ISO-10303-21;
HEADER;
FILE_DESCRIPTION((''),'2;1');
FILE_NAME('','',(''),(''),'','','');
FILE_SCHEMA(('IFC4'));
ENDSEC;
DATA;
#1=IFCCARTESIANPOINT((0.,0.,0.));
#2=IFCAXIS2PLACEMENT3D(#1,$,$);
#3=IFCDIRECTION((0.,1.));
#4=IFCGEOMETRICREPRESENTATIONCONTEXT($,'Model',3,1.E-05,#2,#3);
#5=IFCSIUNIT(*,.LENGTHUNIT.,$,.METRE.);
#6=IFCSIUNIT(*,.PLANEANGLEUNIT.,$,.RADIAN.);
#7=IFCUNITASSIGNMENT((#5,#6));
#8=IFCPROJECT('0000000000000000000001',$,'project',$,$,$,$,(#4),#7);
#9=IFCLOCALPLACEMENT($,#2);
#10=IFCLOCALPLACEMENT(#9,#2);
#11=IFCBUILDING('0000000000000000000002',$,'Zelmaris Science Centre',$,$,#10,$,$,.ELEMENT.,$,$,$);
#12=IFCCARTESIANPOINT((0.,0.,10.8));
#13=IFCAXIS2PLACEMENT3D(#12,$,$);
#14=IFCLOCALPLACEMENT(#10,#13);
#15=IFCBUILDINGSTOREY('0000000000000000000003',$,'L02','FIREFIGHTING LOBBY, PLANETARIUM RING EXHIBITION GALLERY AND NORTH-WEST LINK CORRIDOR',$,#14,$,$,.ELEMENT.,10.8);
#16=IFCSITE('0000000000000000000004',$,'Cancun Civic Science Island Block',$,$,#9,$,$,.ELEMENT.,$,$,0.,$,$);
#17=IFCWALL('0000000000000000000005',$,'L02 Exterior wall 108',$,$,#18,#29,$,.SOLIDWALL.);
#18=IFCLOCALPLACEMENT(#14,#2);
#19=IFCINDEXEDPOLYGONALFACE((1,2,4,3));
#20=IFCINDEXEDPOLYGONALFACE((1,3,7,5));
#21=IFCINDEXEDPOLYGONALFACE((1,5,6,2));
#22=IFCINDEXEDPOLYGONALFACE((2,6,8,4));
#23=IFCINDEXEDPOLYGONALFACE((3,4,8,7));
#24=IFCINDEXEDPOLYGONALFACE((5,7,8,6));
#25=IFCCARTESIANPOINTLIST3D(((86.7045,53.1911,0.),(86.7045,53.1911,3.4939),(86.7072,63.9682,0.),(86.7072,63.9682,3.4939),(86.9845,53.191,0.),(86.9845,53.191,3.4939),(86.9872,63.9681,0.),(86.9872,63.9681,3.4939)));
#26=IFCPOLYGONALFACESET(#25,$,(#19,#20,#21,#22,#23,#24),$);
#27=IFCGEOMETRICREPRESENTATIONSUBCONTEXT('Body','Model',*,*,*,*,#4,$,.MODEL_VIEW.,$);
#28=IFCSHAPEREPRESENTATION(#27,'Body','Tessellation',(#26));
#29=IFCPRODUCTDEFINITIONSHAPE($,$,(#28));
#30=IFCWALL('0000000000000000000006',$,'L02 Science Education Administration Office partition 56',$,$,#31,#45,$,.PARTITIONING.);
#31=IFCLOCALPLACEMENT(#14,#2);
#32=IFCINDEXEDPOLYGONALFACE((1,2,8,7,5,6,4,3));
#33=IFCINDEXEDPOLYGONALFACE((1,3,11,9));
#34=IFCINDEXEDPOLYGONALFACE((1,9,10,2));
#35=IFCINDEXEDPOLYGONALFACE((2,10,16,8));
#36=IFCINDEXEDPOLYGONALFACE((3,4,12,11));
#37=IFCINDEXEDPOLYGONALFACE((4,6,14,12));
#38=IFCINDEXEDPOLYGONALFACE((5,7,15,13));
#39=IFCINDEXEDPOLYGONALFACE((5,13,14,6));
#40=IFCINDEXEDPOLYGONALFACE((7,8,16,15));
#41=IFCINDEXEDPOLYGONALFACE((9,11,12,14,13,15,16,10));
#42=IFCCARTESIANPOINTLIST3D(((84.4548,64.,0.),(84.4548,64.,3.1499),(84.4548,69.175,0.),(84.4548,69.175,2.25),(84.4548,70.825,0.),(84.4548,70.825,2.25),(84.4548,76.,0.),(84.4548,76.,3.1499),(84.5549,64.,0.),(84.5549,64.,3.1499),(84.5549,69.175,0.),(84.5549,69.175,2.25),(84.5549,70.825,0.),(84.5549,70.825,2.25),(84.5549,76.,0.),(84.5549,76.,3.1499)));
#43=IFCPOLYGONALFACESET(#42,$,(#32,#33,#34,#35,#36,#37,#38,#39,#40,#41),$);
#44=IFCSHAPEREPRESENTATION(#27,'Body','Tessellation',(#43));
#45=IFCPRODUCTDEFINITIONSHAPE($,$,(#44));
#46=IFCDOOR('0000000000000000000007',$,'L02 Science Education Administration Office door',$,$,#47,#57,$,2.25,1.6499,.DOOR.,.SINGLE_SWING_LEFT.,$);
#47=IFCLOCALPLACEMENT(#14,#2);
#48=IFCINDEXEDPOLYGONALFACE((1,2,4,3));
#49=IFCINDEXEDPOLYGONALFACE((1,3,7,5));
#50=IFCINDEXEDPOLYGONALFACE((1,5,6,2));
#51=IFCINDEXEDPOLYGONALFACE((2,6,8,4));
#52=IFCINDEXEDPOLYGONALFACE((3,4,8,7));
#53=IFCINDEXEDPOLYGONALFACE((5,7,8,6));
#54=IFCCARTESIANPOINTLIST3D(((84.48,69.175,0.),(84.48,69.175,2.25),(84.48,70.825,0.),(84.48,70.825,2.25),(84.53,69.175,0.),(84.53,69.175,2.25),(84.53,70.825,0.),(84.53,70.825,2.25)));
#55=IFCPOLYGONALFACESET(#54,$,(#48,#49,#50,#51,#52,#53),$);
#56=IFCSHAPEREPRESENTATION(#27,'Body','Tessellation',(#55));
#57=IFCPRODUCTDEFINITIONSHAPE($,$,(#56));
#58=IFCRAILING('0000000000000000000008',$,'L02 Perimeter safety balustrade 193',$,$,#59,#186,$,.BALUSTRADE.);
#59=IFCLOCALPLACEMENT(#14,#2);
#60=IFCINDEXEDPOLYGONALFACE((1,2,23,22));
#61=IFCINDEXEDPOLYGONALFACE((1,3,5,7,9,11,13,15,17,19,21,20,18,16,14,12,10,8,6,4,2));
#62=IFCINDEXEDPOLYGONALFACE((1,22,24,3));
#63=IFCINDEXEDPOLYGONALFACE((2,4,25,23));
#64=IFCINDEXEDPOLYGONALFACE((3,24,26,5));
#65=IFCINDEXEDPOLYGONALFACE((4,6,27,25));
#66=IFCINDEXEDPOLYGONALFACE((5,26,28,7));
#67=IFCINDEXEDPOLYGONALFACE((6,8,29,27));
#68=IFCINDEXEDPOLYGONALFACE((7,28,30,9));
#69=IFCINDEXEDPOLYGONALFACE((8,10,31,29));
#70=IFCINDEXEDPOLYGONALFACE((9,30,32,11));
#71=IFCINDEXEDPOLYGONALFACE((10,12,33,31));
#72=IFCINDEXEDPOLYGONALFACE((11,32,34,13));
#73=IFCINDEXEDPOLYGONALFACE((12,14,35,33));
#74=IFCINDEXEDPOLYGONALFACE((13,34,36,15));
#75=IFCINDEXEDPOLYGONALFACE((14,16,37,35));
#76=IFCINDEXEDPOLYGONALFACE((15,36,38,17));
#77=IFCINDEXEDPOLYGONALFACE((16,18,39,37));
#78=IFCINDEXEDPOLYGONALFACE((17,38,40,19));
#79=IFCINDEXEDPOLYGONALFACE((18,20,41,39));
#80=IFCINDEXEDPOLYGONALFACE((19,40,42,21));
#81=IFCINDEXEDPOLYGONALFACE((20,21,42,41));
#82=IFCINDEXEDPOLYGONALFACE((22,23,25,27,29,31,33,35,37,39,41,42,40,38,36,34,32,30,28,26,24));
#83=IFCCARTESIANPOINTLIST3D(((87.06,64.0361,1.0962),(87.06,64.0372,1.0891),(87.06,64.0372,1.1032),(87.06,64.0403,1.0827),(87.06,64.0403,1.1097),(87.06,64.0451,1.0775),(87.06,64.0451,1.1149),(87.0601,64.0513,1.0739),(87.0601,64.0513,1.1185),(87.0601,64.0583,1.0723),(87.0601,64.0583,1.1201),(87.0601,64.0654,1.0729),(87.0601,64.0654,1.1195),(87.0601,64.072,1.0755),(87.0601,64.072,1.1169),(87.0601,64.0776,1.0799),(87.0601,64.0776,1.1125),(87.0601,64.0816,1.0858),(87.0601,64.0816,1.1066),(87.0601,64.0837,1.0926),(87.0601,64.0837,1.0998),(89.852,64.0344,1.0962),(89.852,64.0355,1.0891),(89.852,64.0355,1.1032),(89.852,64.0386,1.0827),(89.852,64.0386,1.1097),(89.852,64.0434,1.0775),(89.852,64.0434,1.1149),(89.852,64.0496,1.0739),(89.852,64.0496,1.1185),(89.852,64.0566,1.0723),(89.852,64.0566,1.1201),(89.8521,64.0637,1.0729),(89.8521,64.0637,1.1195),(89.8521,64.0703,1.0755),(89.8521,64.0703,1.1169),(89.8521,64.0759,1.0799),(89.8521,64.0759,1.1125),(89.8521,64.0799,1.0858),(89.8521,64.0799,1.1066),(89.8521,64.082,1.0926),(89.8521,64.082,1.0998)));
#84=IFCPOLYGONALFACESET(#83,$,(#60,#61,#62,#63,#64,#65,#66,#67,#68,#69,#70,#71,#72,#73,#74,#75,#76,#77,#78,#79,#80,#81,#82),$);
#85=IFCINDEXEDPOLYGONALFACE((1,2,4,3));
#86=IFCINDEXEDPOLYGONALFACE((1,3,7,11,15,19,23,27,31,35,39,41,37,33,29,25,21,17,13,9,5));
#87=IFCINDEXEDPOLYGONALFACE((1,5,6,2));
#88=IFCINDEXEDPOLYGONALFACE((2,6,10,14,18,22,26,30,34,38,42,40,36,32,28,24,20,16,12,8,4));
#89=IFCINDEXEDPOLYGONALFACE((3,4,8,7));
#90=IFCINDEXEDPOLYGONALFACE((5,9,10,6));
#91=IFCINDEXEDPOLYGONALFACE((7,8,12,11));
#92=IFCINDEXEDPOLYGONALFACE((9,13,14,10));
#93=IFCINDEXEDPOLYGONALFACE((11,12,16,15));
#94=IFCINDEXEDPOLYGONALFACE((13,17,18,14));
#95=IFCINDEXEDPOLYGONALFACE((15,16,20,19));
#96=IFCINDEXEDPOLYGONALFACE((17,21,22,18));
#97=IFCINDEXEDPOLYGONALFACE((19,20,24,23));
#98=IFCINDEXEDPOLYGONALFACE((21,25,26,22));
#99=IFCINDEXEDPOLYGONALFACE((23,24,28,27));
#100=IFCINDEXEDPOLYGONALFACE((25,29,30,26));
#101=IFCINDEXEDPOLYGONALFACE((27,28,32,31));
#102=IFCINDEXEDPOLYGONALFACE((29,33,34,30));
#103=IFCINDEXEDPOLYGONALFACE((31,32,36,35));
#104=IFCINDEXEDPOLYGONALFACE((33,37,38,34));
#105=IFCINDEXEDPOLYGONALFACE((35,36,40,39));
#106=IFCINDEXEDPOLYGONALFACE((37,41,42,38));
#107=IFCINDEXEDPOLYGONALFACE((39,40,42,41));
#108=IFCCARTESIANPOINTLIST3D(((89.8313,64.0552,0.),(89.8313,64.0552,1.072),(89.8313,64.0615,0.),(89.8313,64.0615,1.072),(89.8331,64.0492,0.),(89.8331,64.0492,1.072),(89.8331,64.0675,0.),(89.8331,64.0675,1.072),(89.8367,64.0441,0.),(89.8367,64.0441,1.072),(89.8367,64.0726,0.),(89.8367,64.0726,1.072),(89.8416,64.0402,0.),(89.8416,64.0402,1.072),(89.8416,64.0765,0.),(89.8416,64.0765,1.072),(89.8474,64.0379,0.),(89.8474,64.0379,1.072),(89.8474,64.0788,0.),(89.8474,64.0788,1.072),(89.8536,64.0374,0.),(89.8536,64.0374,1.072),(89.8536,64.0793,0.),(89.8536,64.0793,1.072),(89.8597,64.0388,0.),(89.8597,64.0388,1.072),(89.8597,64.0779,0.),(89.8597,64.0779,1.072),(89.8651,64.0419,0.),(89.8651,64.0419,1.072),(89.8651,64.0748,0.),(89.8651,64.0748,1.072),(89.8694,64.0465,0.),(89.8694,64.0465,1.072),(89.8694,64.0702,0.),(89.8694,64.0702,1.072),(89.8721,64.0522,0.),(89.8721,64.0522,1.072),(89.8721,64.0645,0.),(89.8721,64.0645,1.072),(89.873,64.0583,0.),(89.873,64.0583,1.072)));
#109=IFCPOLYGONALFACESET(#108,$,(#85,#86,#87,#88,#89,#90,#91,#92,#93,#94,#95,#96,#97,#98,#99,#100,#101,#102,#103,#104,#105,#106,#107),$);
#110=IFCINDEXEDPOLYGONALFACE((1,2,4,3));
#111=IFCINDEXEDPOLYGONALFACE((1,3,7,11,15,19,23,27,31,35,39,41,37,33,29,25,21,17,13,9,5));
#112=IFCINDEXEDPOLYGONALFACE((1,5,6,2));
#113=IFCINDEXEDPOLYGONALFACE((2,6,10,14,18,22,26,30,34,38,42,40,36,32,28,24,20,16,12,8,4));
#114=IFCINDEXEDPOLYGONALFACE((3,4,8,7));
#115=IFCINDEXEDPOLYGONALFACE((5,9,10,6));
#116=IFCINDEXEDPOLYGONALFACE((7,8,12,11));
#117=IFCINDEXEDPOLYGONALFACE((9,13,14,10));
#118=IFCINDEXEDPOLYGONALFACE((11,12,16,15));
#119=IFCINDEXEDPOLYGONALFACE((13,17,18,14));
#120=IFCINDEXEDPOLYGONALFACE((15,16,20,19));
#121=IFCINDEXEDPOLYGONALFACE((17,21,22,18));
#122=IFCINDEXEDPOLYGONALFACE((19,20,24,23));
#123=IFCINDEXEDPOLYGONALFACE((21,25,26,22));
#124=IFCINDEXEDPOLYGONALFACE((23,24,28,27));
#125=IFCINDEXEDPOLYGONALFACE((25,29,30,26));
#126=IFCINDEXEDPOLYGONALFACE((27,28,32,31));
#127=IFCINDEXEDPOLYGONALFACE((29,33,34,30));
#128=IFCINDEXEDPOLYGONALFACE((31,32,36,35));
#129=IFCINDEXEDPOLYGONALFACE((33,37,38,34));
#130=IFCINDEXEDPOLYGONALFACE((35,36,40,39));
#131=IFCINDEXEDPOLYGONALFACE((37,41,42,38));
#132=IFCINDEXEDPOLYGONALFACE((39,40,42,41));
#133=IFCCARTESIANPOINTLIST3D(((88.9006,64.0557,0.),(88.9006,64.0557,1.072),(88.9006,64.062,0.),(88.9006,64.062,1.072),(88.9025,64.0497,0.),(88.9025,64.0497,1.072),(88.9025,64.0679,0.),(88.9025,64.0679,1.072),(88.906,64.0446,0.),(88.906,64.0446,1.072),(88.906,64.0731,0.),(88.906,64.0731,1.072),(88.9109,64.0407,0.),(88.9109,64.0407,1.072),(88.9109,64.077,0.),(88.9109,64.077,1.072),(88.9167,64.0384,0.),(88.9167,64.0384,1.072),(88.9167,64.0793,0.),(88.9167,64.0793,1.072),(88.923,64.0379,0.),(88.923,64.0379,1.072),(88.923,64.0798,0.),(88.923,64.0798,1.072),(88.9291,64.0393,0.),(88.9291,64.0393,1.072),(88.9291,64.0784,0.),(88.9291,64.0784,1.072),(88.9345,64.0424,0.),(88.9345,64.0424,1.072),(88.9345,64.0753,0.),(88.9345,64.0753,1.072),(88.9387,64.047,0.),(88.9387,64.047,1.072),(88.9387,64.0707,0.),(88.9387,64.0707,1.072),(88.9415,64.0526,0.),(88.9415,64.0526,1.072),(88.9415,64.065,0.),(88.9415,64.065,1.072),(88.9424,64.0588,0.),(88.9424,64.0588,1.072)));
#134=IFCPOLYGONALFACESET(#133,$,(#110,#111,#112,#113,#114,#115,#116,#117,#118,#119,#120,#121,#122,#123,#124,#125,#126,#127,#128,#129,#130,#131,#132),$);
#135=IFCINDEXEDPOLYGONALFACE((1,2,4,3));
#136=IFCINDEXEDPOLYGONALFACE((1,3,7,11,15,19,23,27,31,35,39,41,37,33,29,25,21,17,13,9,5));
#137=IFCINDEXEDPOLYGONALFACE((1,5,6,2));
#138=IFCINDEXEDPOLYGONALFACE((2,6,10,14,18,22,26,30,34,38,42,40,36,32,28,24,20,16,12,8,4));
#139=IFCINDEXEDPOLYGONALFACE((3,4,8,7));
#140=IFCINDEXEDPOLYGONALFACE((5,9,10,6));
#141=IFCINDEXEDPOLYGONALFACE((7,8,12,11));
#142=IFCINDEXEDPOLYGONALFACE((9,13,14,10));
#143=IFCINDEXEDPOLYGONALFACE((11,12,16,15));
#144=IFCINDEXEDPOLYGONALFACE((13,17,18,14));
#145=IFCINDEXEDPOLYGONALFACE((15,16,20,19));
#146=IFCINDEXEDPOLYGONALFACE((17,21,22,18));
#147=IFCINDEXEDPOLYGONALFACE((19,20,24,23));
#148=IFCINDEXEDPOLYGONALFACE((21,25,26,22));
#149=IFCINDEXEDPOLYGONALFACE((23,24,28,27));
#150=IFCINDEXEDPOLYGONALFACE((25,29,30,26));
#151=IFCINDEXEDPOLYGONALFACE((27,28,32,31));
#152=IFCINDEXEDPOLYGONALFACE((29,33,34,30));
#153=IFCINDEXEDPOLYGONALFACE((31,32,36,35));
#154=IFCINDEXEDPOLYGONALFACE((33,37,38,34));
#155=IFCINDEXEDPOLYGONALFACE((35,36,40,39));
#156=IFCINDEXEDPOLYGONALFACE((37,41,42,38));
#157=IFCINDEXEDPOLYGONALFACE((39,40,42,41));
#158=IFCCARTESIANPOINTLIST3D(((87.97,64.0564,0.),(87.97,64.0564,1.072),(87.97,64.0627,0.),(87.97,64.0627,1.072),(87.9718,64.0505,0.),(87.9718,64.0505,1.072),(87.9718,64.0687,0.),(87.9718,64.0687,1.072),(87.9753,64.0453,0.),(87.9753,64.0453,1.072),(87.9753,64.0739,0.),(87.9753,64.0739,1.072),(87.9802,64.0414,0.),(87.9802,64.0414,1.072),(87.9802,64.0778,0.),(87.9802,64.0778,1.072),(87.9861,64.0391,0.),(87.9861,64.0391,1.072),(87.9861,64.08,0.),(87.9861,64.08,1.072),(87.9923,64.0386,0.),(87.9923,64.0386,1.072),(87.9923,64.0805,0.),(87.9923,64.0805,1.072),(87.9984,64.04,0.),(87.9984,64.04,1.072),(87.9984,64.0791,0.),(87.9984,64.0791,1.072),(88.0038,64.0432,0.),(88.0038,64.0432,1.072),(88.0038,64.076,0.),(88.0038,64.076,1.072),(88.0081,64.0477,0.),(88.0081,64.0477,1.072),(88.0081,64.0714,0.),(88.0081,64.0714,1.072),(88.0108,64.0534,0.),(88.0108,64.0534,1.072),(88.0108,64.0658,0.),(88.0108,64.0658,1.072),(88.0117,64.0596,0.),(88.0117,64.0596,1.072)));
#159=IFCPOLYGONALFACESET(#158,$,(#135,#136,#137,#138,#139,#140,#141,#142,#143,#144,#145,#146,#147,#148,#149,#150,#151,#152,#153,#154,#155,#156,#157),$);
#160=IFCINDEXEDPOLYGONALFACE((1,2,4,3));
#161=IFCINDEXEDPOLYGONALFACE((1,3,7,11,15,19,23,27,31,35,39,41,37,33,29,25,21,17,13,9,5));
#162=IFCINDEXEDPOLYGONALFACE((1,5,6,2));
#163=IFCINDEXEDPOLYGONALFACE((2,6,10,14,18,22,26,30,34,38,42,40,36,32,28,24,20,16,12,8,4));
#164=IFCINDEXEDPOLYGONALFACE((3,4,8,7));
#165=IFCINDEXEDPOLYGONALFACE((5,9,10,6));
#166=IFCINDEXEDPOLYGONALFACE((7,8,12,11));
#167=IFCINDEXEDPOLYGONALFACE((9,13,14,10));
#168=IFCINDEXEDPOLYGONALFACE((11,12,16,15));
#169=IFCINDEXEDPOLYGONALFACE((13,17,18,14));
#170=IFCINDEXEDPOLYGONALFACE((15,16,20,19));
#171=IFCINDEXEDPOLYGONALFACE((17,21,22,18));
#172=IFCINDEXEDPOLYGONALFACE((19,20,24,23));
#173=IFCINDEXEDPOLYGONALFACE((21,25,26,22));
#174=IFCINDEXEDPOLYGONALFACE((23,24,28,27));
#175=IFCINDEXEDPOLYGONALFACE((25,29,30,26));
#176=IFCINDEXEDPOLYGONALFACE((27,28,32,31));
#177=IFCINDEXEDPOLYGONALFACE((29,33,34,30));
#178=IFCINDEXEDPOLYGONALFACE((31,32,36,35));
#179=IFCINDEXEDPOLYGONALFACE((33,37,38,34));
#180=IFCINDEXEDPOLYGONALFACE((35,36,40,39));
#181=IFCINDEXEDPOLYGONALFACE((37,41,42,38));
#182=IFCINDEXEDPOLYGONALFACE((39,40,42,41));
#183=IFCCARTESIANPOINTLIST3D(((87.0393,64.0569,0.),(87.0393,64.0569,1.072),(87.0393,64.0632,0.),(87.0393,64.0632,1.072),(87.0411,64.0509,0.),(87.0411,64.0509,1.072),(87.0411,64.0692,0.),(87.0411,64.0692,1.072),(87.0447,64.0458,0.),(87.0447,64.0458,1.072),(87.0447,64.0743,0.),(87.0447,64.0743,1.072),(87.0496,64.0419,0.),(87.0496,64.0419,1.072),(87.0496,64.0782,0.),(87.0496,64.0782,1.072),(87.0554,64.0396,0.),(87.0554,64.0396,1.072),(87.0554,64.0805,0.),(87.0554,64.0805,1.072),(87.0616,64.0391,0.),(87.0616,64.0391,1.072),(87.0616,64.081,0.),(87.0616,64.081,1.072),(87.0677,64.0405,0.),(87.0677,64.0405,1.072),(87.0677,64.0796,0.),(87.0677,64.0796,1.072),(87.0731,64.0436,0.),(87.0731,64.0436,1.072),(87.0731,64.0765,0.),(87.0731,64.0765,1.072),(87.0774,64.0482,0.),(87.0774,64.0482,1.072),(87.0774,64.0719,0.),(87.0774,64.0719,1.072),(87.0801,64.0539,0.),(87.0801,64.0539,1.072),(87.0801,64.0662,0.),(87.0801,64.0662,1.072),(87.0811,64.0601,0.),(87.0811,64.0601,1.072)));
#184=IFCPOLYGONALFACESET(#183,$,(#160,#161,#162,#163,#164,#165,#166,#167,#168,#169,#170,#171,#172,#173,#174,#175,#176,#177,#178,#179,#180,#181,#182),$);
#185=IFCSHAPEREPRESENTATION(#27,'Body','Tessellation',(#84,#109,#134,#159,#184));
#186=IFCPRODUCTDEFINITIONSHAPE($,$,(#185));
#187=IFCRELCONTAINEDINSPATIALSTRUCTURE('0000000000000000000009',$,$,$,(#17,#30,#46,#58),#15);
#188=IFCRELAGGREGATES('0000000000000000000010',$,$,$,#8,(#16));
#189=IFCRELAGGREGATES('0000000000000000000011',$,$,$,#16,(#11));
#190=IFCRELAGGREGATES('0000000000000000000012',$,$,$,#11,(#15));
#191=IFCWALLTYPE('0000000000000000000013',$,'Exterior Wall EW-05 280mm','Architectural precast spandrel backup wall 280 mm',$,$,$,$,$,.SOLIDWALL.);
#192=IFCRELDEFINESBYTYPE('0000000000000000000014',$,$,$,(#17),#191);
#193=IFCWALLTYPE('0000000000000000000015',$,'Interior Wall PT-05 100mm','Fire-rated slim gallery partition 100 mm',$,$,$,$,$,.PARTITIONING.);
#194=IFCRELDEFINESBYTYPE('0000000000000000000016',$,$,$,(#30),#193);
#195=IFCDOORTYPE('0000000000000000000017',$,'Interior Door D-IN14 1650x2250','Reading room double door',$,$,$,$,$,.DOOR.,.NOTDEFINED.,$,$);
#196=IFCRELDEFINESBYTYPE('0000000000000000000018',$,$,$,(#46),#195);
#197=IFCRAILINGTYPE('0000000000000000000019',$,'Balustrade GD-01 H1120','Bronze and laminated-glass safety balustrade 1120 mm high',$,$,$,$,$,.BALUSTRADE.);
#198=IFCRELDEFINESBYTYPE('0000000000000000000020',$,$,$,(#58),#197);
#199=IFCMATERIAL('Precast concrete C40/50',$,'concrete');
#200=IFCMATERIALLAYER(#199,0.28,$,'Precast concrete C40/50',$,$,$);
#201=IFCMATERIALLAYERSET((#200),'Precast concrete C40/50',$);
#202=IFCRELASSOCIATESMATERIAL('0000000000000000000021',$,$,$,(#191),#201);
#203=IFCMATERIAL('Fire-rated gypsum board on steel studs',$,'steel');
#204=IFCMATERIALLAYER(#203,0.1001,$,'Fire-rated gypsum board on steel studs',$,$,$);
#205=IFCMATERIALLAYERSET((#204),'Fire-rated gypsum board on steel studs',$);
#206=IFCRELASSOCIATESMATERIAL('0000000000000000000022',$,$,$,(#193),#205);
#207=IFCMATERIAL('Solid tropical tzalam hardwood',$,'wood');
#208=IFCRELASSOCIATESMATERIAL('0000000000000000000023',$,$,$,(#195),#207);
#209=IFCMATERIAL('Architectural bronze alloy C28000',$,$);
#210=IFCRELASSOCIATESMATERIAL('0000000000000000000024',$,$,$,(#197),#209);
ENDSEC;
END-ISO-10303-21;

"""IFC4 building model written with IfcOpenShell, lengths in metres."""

from ifc_helpers import new_model, si_unit, direction, frame, frame_2d, origin, origin_2d, place, context, subcontext, project, spatial, rectangle, circle, extrude, material, layer, layer_set, type_object, element, fill, save


model = new_model("IFC4")

# Units and contexts
model_context = context("Model", 3, precision=1e-05, world=origin(), true_north=direction((0.0, 1.0)))
body_context = subcontext(model_context, "Body", "Model", "MODEL_VIEW")
ifc_project = project(units=[si_unit("LENGTHUNIT", "METRE"), si_unit("PLANEANGLEUNIT", "RADIAN")], contexts=[model_context])

# Site, building, storey
site_placement = place(None, origin())
site = spatial("IfcSite", under=ifc_project, at=site_placement, Name="Cancun Civic Science Island Block", CompositionType="ELEMENT", RefElevation=0.0)
building_placement = place(site_placement, origin())
building = spatial("IfcBuilding", under=site, at=building_placement, Name="Zelmaris Science Centre", CompositionType="ELEMENT")
storey_placement = place(building_placement, frame((0.0, 0.0, 10.8)))
storey = spatial("IfcBuildingStorey", under=building, at=storey_placement, Name="L02", Description="FIREFIGHTING LOBBY, PLANETARIUM RING EXHIBITION GALLERY AND NORTH-WEST LINK CORRIDOR", CompositionType="ELEMENT", Elevation=10.8)

# Shared definitions
ifc_material_1 = material(Name="Precast concrete C40/50", Category="concrete")

# Wall
ifc_layer_1 = layer(ifc_material_1, 0.28, Name="Precast concrete C40/50")
ifc_layer_set_1 = layer_set([ifc_layer_1], Name="Precast concrete C40/50")
wall_type_1 = type_object("IfcWallType", Name="Exterior Wall EW-05 280mm", Description="Architectural precast spandrel backup wall 280 mm", PredefinedType="SOLIDWALL", material=ifc_layer_set_1)
wall_1_placement = place(storey_placement, frame((86.8472, 63.9683, 0.0), z_axis=(0.0, 0.0, 1.0), x_axis=(-0.000249, -1.0, 0.0)))
element("IfcWall", 1, at=wall_1_placement, inside=storey, type_object=wall_type_1, Name="L02 Exterior wall 108", PredefinedType="SOLIDWALL", context=body_context, shape_type="SweptSolid", body=[
    extrude(rectangle(XDim=10.7771, YDim=0.28, at=frame_2d((5.3887, 0.0))), origin(), (0.0, 0.0, 1.0), 3.4939),
])

# Wall, opening, door
ifc_material_2 = material(Name="Fire-rated gypsum board on steel studs", Category="steel")
ifc_layer_2 = layer(ifc_material_2, 0.1001, Name="Fire-rated gypsum board on steel studs")
ifc_layer_set_2 = layer_set([ifc_layer_2], Name="Fire-rated gypsum board on steel studs")
wall_type_2 = type_object("IfcWallType", Name="Interior Wall PT-05 100mm", Description="Fire-rated slim gallery partition 100 mm", PredefinedType="PARTITIONING", material=ifc_layer_set_2)
wall_2_placement = place(storey_placement, frame((84.5049, 64.0, 0.0), z_axis=(0.0, 0.0, 1.0), x_axis=(0.0, 1.0, 0.0)))
wall_2 = element("IfcWall", 2, at=wall_2_placement, inside=storey, type_object=wall_type_2, Name="L02 Science Education Administration Office partition 56", PredefinedType="PARTITIONING", context=body_context, shape_type="SweptSolid", body=[
    extrude(rectangle(XDim=12.0, YDim=0.1001, at=frame_2d((6.0, 0.0))), origin(), (0.0, 0.0, 1.0), 3.1499),
])
opening_placement = place(wall_2_placement, frame((5.175, 0.0, 0.0)))
opening = element("IfcOpeningElement", 3, at=opening_placement, cuts=wall_2, PredefinedType="OPENING", context=body_context, shape_type="SweptSolid", body=[
    extrude(rectangle(XDim=1.6499, YDim=2.25, at=frame_2d((0.825, 1.125))), frame((0.0, 0.0601, 0.0), z_axis=(0.0, -1.0, 0.0), x_axis=(1.0, 0.0, 0.0)), (0.0, 0.0, 1.0), 0.1201),
])
ifc_material_3 = material(Name="Solid tropical tzalam hardwood", Category="wood")
door_type = type_object("IfcDoorType", Name="Interior Door D-IN14 1650x2250", Description="Reading room double door", OperationType="NOTDEFINED", PredefinedType="DOOR", material=ifc_material_3)
door_placement = place(opening_placement, origin())
door = element("IfcDoor", 4, at=door_placement, inside=storey, type_object=door_type, Name="L02 Science Education Administration Office door", OperationType="SINGLE_SWING_LEFT", OverallHeight=2.25, OverallWidth=1.6499, PredefinedType="DOOR", context=body_context, shape_type="SweptSolid", body=[
    extrude(rectangle(XDim=1.6499, YDim=2.25, at=frame_2d((0.825, 1.125))), frame((0.0, 0.0249, 0.0), z_axis=(0.0, -1.0, 0.0), x_axis=(1.0, 0.0, 0.0)), (0.0, 0.0, 1.0), 0.05),
])
fill(opening, door)

# Railing
ifc_material_4 = material(Name="Architectural bronze alloy C28000")
railing_type = type_object("IfcRailingType", Name="Balustrade GD-01 H1120", Description="Bronze and laminated-glass safety balustrade 1120 mm high", PredefinedType="BALUSTRADE", material=ifc_material_4)
railing_placement = place(storey_placement, frame((89.8521, 64.0583, 0.0)))
element("IfcRailing", 5, at=railing_placement, inside=storey, type_object=railing_type, Name="L02 Perimeter safety balustrade 193", PredefinedType="BALUSTRADE", context=body_context, shape_type="SweptSolid", body=[
    extrude(circle(Radius=0.0239, at=origin_2d()), frame((0.0, 0.0, 1.0962), z_axis=(-1.0, 0.000612, 0.0), x_axis=(-0.000612, -1.0, 0.0)), (0.0, 0.0, 1.0), 2.792),
    extrude(circle(Radius=0.021, at=origin_2d()), origin(), (0.0, 0.0, 1.0), 1.072),
    extrude(circle(Radius=0.021, at=origin_2d()), frame((-0.9307, 0.0005, 0.0)), (0.0, 0.0, 1.0), 1.072),
    extrude(circle(Radius=0.021, at=origin_2d()), frame((-1.8613, 0.0012, 0.0)), (0.0, 0.0, 1.0), 1.072),
    extrude(circle(Radius=0.021, at=origin_2d()), frame((-2.792, 0.0017, 0.0)), (0.0, 0.0, 1.0), 1.072),
])

save(model, "model.ifc")
